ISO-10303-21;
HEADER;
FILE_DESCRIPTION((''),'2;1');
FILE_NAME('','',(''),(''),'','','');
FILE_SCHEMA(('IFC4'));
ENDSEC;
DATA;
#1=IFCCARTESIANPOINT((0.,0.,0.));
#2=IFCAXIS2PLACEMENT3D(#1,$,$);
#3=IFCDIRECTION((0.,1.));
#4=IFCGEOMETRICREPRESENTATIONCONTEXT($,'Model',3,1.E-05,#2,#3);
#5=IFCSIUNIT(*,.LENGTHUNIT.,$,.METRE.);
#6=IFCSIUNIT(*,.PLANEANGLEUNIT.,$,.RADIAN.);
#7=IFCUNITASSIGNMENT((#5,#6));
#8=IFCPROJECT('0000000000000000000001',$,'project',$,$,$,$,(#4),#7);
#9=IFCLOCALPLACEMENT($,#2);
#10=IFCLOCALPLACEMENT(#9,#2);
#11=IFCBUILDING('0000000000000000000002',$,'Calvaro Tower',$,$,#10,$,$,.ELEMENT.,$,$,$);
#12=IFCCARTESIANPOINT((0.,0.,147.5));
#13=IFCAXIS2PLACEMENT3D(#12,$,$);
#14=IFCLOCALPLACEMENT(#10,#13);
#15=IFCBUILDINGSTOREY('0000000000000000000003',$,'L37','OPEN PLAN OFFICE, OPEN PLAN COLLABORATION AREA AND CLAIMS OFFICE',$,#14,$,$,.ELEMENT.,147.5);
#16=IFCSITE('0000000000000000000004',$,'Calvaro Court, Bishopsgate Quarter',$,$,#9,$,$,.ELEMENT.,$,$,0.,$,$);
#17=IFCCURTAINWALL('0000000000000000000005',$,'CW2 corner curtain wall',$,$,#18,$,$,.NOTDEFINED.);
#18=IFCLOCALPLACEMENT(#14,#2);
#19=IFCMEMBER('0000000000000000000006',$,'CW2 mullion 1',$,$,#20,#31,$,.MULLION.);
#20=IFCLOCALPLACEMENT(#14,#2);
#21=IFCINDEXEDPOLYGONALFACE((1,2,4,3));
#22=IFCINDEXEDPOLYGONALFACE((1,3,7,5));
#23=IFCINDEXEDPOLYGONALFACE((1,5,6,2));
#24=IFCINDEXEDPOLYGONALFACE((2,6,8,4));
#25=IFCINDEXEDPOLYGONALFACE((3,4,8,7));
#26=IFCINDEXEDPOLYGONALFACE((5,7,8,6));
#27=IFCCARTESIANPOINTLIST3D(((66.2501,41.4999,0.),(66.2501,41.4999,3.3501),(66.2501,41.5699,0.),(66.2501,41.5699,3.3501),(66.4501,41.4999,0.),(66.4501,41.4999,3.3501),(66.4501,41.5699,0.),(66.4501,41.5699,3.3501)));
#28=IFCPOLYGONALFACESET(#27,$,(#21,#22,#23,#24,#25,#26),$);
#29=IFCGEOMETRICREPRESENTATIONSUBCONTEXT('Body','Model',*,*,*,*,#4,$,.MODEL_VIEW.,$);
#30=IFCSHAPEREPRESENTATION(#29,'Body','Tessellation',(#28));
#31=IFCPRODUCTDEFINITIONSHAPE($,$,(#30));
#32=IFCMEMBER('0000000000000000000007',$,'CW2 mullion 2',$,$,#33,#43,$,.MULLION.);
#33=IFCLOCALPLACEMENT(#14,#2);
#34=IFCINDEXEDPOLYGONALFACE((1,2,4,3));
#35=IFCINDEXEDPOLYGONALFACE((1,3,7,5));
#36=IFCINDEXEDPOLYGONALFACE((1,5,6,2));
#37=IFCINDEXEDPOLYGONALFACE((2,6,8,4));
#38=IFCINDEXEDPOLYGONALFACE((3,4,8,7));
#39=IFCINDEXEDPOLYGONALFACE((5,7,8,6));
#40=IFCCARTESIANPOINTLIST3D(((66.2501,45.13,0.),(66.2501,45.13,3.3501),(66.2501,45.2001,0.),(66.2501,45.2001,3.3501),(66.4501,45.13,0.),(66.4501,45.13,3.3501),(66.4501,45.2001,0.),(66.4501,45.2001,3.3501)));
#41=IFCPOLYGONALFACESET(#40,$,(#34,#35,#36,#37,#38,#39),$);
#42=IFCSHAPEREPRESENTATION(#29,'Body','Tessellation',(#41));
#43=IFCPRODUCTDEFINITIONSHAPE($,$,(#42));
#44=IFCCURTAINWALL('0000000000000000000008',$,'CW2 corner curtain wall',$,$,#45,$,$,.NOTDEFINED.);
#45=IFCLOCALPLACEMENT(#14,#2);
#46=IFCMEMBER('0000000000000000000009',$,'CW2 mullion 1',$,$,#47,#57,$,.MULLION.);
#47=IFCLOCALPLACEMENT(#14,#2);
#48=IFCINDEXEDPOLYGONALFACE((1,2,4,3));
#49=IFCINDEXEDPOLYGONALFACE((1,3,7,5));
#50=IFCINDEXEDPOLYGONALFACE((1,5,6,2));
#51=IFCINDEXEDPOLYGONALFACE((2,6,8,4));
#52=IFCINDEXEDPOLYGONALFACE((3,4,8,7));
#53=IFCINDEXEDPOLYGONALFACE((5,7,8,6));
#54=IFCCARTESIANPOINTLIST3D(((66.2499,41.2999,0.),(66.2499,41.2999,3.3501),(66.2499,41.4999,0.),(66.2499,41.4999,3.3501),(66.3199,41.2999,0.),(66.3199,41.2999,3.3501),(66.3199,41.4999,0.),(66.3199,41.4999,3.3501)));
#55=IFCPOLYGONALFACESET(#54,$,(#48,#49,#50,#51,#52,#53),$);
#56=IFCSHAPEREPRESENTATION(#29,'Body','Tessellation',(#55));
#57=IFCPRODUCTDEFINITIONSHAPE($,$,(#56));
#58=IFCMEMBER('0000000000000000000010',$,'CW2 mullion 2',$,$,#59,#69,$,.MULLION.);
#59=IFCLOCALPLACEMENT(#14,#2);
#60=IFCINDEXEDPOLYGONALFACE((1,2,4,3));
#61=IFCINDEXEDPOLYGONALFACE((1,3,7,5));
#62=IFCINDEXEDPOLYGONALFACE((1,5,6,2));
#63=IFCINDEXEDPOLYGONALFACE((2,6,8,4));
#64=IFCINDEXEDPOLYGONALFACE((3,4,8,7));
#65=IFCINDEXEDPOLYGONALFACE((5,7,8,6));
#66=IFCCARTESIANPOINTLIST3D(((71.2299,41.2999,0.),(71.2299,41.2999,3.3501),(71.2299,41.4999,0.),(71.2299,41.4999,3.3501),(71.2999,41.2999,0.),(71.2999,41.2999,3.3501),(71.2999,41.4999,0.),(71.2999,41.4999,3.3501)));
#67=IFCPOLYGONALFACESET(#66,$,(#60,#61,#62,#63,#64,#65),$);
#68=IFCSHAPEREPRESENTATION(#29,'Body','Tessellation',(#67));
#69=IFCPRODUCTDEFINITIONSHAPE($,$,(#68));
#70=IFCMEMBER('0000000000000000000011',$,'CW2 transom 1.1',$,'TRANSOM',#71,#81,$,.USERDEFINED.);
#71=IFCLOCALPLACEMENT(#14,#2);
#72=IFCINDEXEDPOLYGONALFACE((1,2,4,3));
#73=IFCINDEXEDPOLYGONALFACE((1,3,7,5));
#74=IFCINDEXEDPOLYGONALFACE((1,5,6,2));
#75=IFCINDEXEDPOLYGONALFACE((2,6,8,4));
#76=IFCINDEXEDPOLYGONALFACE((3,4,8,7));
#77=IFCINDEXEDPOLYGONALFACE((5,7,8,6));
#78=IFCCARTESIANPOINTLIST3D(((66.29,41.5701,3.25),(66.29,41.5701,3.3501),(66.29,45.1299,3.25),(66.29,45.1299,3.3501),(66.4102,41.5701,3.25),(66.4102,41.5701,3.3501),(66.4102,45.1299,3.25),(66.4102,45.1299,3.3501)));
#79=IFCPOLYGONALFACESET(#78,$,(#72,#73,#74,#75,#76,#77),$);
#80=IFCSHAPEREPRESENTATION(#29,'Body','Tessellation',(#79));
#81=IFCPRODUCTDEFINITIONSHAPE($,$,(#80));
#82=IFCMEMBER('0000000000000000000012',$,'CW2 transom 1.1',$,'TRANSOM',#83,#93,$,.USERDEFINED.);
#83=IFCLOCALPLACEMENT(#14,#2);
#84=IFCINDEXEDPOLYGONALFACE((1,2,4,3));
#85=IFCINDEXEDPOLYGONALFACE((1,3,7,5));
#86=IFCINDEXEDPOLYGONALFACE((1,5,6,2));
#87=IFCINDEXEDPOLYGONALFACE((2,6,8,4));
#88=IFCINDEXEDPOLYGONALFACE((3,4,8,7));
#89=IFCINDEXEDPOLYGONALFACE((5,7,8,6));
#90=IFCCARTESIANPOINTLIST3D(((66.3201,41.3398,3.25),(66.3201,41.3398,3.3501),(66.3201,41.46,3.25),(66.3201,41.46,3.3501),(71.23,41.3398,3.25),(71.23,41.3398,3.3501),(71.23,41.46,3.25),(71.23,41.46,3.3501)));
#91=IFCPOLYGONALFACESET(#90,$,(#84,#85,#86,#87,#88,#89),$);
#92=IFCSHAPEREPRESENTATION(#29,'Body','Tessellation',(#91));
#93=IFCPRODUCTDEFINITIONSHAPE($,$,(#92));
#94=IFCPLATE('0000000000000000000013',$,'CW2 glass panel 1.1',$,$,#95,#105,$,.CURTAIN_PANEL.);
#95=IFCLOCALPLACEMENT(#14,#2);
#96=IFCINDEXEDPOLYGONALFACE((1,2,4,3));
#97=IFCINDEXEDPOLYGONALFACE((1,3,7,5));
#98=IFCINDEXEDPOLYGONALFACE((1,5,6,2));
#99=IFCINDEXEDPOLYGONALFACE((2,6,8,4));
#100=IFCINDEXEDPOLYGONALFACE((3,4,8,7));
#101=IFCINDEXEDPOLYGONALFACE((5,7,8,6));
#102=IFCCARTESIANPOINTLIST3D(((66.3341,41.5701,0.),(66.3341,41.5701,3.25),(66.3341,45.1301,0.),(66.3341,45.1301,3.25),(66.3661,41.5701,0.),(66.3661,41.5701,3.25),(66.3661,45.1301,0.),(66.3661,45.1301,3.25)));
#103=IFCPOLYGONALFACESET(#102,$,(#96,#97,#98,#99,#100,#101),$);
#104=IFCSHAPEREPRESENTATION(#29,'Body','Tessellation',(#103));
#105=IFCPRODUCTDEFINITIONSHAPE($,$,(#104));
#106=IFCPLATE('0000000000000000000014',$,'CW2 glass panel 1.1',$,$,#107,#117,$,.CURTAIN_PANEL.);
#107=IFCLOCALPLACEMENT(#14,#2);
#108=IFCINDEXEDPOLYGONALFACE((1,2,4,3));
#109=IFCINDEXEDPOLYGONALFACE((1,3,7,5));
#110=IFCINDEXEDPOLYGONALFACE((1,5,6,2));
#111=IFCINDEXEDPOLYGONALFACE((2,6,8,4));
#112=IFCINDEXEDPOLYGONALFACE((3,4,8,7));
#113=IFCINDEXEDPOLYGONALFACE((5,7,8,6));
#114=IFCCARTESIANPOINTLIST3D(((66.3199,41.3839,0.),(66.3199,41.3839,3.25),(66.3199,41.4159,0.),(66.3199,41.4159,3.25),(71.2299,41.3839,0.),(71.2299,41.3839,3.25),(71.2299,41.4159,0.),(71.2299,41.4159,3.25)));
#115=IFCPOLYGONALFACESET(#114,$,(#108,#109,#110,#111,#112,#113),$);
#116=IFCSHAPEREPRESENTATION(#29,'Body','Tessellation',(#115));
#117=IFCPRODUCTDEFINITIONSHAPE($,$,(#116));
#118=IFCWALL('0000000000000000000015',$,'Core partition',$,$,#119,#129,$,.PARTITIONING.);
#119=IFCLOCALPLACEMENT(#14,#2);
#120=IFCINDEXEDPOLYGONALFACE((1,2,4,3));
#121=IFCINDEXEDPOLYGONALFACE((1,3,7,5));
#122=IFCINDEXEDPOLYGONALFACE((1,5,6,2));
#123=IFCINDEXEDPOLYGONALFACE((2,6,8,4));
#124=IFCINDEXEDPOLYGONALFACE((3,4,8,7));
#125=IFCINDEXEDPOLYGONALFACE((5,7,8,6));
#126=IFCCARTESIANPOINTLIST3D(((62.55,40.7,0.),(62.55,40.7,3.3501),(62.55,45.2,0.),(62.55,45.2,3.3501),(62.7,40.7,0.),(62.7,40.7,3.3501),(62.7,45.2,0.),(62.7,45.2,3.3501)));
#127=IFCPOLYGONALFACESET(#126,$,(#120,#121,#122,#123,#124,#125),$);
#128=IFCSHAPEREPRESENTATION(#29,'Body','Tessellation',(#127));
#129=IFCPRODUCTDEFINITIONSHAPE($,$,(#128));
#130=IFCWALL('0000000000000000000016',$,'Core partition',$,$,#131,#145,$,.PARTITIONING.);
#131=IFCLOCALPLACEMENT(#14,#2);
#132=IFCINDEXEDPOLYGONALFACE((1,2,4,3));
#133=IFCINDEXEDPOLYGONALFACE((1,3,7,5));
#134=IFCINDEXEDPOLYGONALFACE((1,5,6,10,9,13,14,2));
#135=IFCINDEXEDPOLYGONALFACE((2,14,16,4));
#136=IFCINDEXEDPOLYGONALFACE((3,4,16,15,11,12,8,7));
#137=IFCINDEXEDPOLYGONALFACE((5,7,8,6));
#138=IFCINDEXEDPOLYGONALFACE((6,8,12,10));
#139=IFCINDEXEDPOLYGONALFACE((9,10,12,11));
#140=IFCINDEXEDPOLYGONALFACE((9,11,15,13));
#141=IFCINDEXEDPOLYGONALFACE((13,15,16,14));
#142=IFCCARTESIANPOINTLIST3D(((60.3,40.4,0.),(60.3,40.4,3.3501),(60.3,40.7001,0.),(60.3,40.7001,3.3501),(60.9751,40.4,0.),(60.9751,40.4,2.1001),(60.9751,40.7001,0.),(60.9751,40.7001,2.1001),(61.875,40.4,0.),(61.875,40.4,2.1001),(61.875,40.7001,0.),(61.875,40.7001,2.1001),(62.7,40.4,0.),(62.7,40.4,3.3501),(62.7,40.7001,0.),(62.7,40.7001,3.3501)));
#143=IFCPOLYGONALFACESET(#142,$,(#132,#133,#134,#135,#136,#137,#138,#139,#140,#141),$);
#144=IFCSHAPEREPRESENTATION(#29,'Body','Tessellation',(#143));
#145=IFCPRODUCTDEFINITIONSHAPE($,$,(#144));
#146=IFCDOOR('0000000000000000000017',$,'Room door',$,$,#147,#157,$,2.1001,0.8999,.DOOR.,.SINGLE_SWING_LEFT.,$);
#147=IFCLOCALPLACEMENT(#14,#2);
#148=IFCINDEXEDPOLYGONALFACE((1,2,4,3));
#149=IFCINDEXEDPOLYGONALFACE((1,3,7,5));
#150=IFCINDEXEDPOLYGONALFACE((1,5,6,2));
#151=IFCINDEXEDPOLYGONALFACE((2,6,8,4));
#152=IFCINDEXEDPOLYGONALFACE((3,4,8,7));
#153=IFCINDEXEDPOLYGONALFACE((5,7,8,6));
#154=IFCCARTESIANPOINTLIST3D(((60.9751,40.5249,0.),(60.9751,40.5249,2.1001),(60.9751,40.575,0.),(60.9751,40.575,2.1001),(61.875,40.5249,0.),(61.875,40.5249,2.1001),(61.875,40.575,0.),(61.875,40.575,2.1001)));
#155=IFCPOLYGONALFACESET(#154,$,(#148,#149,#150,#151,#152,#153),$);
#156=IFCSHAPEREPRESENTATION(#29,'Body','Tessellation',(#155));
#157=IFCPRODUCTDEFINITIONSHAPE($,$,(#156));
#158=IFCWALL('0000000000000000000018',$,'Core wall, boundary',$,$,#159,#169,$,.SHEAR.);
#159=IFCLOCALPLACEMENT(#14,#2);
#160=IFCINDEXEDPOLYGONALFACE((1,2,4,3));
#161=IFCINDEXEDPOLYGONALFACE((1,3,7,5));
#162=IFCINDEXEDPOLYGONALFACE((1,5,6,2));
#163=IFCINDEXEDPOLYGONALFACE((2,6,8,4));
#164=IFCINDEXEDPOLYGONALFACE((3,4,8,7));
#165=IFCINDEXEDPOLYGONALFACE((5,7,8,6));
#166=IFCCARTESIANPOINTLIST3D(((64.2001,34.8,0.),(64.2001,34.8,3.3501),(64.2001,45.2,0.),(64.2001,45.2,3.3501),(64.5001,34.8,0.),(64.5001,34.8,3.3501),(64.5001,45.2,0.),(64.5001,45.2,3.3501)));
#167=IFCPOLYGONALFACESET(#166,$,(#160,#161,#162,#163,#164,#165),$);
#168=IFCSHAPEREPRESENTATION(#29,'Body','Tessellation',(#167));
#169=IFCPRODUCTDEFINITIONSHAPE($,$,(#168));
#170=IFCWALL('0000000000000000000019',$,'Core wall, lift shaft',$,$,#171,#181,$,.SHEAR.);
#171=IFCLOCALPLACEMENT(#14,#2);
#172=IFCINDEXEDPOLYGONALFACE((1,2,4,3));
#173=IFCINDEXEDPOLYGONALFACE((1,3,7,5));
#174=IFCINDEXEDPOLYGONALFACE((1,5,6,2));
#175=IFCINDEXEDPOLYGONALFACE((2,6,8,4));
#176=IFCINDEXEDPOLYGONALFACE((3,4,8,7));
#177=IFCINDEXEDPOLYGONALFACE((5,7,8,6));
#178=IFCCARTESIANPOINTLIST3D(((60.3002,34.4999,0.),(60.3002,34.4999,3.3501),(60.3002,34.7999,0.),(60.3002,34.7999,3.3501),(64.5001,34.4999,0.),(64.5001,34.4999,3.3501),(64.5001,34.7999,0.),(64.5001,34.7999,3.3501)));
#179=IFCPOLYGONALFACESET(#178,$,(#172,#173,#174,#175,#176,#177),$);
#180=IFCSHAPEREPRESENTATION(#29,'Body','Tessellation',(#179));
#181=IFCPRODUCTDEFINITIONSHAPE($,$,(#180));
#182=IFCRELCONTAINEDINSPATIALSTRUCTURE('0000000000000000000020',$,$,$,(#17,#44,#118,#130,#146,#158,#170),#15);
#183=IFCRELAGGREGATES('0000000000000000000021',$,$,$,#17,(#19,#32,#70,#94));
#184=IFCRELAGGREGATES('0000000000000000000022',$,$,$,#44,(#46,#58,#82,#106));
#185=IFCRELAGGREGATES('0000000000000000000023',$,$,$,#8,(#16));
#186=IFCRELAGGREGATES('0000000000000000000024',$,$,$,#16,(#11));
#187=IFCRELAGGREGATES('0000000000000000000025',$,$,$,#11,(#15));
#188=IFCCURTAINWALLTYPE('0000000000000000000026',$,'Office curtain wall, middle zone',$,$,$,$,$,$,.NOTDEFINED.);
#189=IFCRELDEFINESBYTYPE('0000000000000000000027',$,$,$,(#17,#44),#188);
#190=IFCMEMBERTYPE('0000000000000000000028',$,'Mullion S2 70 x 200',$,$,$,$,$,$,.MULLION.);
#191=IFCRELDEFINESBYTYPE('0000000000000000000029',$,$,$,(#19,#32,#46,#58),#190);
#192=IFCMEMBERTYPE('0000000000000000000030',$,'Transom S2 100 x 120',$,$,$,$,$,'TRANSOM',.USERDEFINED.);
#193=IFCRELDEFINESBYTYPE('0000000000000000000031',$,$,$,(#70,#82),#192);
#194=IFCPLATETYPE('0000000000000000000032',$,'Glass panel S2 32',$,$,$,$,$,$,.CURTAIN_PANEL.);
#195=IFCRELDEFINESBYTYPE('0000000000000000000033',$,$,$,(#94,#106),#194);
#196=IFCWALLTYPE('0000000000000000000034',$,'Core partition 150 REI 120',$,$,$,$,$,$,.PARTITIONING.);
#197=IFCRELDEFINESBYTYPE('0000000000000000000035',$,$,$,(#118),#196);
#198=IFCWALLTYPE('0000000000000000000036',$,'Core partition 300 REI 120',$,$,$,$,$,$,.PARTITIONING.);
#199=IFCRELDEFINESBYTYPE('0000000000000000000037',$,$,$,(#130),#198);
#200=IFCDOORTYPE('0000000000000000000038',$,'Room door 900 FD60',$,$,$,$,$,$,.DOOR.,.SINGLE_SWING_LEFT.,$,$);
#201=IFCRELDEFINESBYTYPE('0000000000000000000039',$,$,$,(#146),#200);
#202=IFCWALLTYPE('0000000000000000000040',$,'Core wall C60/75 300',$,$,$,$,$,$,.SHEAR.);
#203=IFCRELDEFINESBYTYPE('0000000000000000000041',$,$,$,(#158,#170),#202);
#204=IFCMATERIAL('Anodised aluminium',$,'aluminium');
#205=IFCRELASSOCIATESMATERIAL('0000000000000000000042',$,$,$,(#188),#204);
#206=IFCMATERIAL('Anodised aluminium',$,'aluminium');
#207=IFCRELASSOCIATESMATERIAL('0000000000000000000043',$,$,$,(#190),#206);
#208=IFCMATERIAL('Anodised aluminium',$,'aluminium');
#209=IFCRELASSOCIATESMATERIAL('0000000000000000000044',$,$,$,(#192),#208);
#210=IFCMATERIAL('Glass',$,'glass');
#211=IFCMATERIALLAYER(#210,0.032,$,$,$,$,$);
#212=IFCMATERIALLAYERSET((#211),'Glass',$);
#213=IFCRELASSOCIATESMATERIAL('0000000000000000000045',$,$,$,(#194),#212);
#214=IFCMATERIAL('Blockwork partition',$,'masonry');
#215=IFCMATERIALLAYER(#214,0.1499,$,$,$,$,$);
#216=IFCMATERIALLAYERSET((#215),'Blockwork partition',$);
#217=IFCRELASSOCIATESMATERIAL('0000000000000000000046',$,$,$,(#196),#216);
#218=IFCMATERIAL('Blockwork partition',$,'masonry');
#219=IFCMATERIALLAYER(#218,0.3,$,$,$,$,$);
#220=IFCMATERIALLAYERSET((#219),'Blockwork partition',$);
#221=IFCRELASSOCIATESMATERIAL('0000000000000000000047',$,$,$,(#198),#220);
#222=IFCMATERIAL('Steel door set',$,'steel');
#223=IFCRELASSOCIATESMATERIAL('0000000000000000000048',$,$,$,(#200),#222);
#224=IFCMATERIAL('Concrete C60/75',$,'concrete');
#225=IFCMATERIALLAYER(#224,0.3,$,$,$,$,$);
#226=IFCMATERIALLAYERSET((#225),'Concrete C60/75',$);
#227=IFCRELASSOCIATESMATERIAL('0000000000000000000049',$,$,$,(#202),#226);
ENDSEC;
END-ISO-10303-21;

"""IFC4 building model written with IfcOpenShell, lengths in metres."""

from ifc_helpers import new_model, si_unit, direction, frame, frame_2d, origin, origin_2d, place, context, subcontext, project, spatial, rectangle, extrude, material, layer, layer_set, material_profile, profile_set, type_object, element, fill, aggregate, save


model = new_model("IFC4")

# Units and contexts
model_context = context("Model", 3, precision=1e-05, world=origin(), true_north=direction((0.0, 1.0)))
body_context = subcontext(model_context, "Body", "Model", "MODEL_VIEW")
ifc_project = project(units=[si_unit("LENGTHUNIT", "METRE"), si_unit("PLANEANGLEUNIT", "RADIAN")], contexts=[model_context])

# Site, building, storey
site_placement = place(None, origin())
site = spatial("IfcSite", under=ifc_project, at=site_placement, Name="Calvaro Court, Bishopsgate Quarter", CompositionType="ELEMENT", RefElevation=0.0)
building_placement = place(site_placement, origin())
building = spatial("IfcBuilding", under=site, at=building_placement, Name="Calvaro Tower", CompositionType="ELEMENT")
storey_placement = place(building_placement, frame((0.0, 0.0, 147.5)))
storey = spatial("IfcBuildingStorey", under=building, at=storey_placement, Name="L37", Description="OPEN PLAN OFFICE, OPEN PLAN COLLABORATION AREA AND CLAIMS OFFICE", CompositionType="ELEMENT", Elevation=147.5)

# Curtain walls, members
ifc_material_1 = material(Name="Anodised aluminium", Category="aluminium")
curtain_wall_type = type_object("IfcCurtainWallType", Name="Office curtain wall, middle zone", PredefinedType="NOTDEFINED", material=ifc_material_1)
curtain_wall_1_placement = place(storey_placement, origin())
curtain_wall_1 = element("IfcCurtainWall", 1, at=curtain_wall_1_placement, inside=storey, type_object=curtain_wall_type, Name="CW2 corner curtain wall", PredefinedType="NOTDEFINED")
ifc_material_2 = material(Name="Anodised aluminium", Category="aluminium")
ifc_material_profile_1 = material_profile(ifc_material_2, rectangle(XDim=0.2, YDim=0.0701, at=origin_2d()), Name="Mullion S2 70 x 200")
ifc_profile_set_1 = profile_set([ifc_material_profile_1], Name="Anodised aluminium")
member_type_1 = type_object("IfcMemberType", Name="Mullion S2 70 x 200", PredefinedType="MULLION", material=ifc_profile_set_1)
member_1_placement = place(storey_placement, frame((66.3501, 41.5349, 0.0), z_axis=(0.0, 0.0, 1.0), x_axis=(-1.0, 0.0, 0.0)))
member_1 = element("IfcMember", 2, at=member_1_placement, type_object=member_type_1, Name="CW2 mullion 1", PredefinedType="MULLION", context=body_context, shape_type="SweptSolid", body=[
    extrude(rectangle(XDim=0.2, YDim=0.0701, at=origin_2d()), origin(), (0.0, 0.0, 1.0), 3.3501),
])
member_2_placement = place(storey_placement, frame((66.3501, 45.165, 0.0), z_axis=(0.0, 0.0, 1.0), x_axis=(-1.0, 0.0, 0.0)))
member_2 = element("IfcMember", 3, at=member_2_placement, type_object=member_type_1, Name="CW2 mullion 2", PredefinedType="MULLION", context=body_context, shape_type="SweptSolid", body=[
    extrude(rectangle(XDim=0.2, YDim=0.0701, at=origin_2d()), origin(), (0.0, 0.0, 1.0), 3.3501),
])
curtain_wall_2_placement = place(storey_placement, origin())
curtain_wall_2 = element("IfcCurtainWall", 4, at=curtain_wall_2_placement, inside=storey, type_object=curtain_wall_type, Name="CW2 corner curtain wall", PredefinedType="NOTDEFINED")
member_3_placement = place(storey_placement, frame((66.2849, 41.3999, 0.0), z_axis=(0.0, 0.0, 1.0), x_axis=(0.0, 1.0, 0.0)))
member_3 = element("IfcMember", 5, at=member_3_placement, type_object=member_type_1, Name="CW2 mullion 1", PredefinedType="MULLION", context=body_context, shape_type="SweptSolid", body=[
    extrude(rectangle(XDim=0.2, YDim=0.0701, at=origin_2d()), origin(), (0.0, 0.0, 1.0), 3.3501),
])
member_4_placement = place(storey_placement, frame((71.2649, 41.3999, 0.0), z_axis=(0.0, 0.0, 1.0), x_axis=(0.0, 1.0, 0.0)))
member_4 = element("IfcMember", 6, at=member_4_placement, type_object=member_type_1, Name="CW2 mullion 2", PredefinedType="MULLION", context=body_context, shape_type="SweptSolid", body=[
    extrude(rectangle(XDim=0.2, YDim=0.0701, at=origin_2d()), origin(), (0.0, 0.0, 1.0), 3.3501),
])

# Members
ifc_material_3 = material(Name="Anodised aluminium", Category="aluminium")
ifc_material_profile_2 = material_profile(ifc_material_3, rectangle(XDim=0.1201, YDim=0.1001, at=origin_2d()), Name="Transom S2 100 x 120")
ifc_profile_set_2 = profile_set([ifc_material_profile_2], Name="Anodised aluminium")
member_type_2 = type_object("IfcMemberType", Name="Transom S2 100 x 120", ElementType="TRANSOM", PredefinedType="USERDEFINED", material=ifc_profile_set_2)
member_5_placement = place(storey_placement, frame((66.3501, 41.5701, 3.3), z_axis=(0.0, 1.0, 0.0), x_axis=(-1.0, 0.0, 0.0)))
member_5 = element("IfcMember", 7, at=member_5_placement, type_object=member_type_2, Name="CW2 transom 1.1", ObjectType="TRANSOM", PredefinedType="USERDEFINED", context=body_context, shape_type="SweptSolid", body=[
    extrude(rectangle(XDim=0.1201, YDim=0.1001, at=origin_2d()), origin(), (0.0, 0.0, 1.0), 3.5598),
])
member_6_placement = place(storey_placement, frame((66.3201, 41.3999, 3.3), z_axis=(1.0, 0.0, 0.0), x_axis=(0.0, 1.0, 0.0)))
member_6 = element("IfcMember", 8, at=member_6_placement, type_object=member_type_2, Name="CW2 transom 1.1", ObjectType="TRANSOM", PredefinedType="USERDEFINED", context=body_context, shape_type="SweptSolid", body=[
    extrude(rectangle(XDim=0.1201, YDim=0.1001, at=origin_2d()), origin(), (0.0, 0.0, 1.0), 4.9099),
])

# Plates
ifc_material_4 = material(Name="Glass", Category="glass")
ifc_layer_1 = layer(ifc_material_4, 0.032)
ifc_layer_set_1 = layer_set([ifc_layer_1], Name="Glass")
plate_type = type_object("IfcPlateType", Name="Glass panel S2 32", PredefinedType="CURTAIN_PANEL", material=ifc_layer_set_1)
plate_1_placement = place(storey_placement, frame((66.3501, 43.3501, 0.0), z_axis=(0.0, 0.0, 1.0), x_axis=(0.0, 1.0, 0.0)))
plate_1 = element("IfcPlate", 9, at=plate_1_placement, type_object=plate_type, Name="CW2 glass panel 1.1", PredefinedType="CURTAIN_PANEL", context=body_context, shape_type="SweptSolid", body=[
    extrude(rectangle(XDim=3.5601, YDim=0.032, at=origin_2d()), origin(), (0.0, 0.0, 1.0), 3.25),
])
aggregate(curtain_wall_1, [member_1, member_2, member_5, plate_1])
plate_2_placement = place(storey_placement, frame((68.7749, 41.3999, 0.0), z_axis=(0.0, 0.0, 1.0), x_axis=(1.0, 0.0, 0.0)))
plate_2 = element("IfcPlate", 10, at=plate_2_placement, type_object=plate_type, Name="CW2 glass panel 1.1", PredefinedType="CURTAIN_PANEL", context=body_context, shape_type="SweptSolid", body=[
    extrude(rectangle(XDim=4.9099, YDim=0.032, at=origin_2d()), origin(), (0.0, 0.0, 1.0), 3.25),
])
aggregate(curtain_wall_2, [member_3, member_4, member_6, plate_2])

# Wall
ifc_material_5 = material(Name="Blockwork partition", Category="masonry")
ifc_layer_2 = layer(ifc_material_5, 0.1499)
ifc_layer_set_2 = layer_set([ifc_layer_2], Name="Blockwork partition")
wall_type_1 = type_object("IfcWallType", Name="Core partition 150 REI 120", PredefinedType="PARTITIONING", material=ifc_layer_set_2)
wall_1_placement = place(storey_placement, frame((62.625, 40.7, 0.0), z_axis=(0.0, 0.0, 1.0), x_axis=(0.0, 1.0, 0.0)))
element("IfcWall", 11, at=wall_1_placement, inside=storey, type_object=wall_type_1, Name="Core partition", PredefinedType="PARTITIONING", context=body_context, shape_type="SweptSolid", body=[
    extrude(rectangle(XDim=4.5, YDim=0.1499, at=frame_2d((2.25, 0.0))), origin(), (0.0, 0.0, 1.0), 3.3501),
])

# Wall, opening, door
ifc_material_6 = material(Name="Blockwork partition", Category="masonry")
ifc_layer_3 = layer(ifc_material_6, 0.3)
ifc_layer_set_3 = layer_set([ifc_layer_3], Name="Blockwork partition")
wall_type_2 = type_object("IfcWallType", Name="Core partition 300 REI 120", PredefinedType="PARTITIONING", material=ifc_layer_set_3)
wall_2_placement = place(storey_placement, frame((60.3, 40.55, 0.0), z_axis=(0.0, 0.0, 1.0), x_axis=(1.0, 0.0, 0.0)))
wall_2 = element("IfcWall", 12, at=wall_2_placement, inside=storey, type_object=wall_type_2, Name="Core partition", PredefinedType="PARTITIONING", context=body_context, shape_type="SweptSolid", body=[
    extrude(rectangle(XDim=2.3999, YDim=0.3, at=frame_2d((1.2, 0.0))), origin(), (0.0, 0.0, 1.0), 3.3501),
])
opening_1_placement = place(wall_2_placement, frame((0.675, 0.0, 0.0)))
opening_1 = element("IfcOpeningElement", 13, at=opening_1_placement, cuts=wall_2, PredefinedType="OPENING", context=body_context, shape_type="SweptSolid", body=[
    extrude(rectangle(XDim=0.8999, YDim=2.1001, at=frame_2d((0.45, 1.05))), frame((0.0, 0.1599, 0.0), z_axis=(0.0, -1.0, 0.0), x_axis=(1.0, 0.0, 0.0)), (0.0, 0.0, 1.0), 0.3201),
])
ifc_material_7 = material(Name="Steel door set", Category="steel")
door_type_1 = type_object("IfcDoorType", Name="Room door 900 FD60", OperationType="SINGLE_SWING_LEFT", PredefinedType="DOOR", material=ifc_material_7)
door_1_placement = place(opening_1_placement, origin())
door_1 = element("IfcDoor", 14, at=door_1_placement, inside=storey, type_object=door_type_1, Name="Room door", OperationType="SINGLE_SWING_LEFT", OverallHeight=2.1001, OverallWidth=0.8999, PredefinedType="DOOR", context=body_context, shape_type="SweptSolid", body=[
    extrude(rectangle(XDim=0.8999, YDim=2.1001, at=frame_2d((0.45, 1.05))), frame((0.0, 0.0249, 0.0), z_axis=(0.0, -1.0, 0.0), x_axis=(1.0, 0.0, 0.0)), (0.0, 0.0, 1.0), 0.05),
])
fill(opening_1, door_1)

# Walls
ifc_material_8 = material(Name="Concrete C60/75", Category="concrete")
ifc_layer_4 = layer(ifc_material_8, 0.3)
ifc_layer_set_4 = layer_set([ifc_layer_4], Name="Concrete C60/75")
wall_type_3 = type_object("IfcWallType", Name="Core wall C60/75 300", PredefinedType="SHEAR", material=ifc_layer_set_4)
wall_3_placement = place(storey_placement, frame((64.3501, 34.8, 0.0), z_axis=(0.0, 0.0, 1.0), x_axis=(0.0, 1.0, 0.0)))
element("IfcWall", 15, at=wall_3_placement, inside=storey, type_object=wall_type_3, Name="Core wall, boundary", PredefinedType="SHEAR", context=body_context, shape_type="SweptSolid", body=[
    extrude(rectangle(XDim=10.3999, YDim=0.3, at=frame_2d((5.2, 0.0))), origin(), (0.0, 0.0, 1.0), 3.3501),
])
wall_4_placement = place(storey_placement, frame((60.3, 34.6499, 0.0), z_axis=(0.0, 0.0, 1.0), x_axis=(1.0, 0.0, 0.0)))
element("IfcWall", 16, at=wall_4_placement, inside=storey, type_object=wall_type_3, Name="Core wall, lift shaft", PredefinedType="SHEAR", context=body_context, shape_type="SweptSolid", body=[
    extrude(rectangle(XDim=4.2, YDim=0.3, at=frame_2d((2.1001, 0.0))), origin(), (0.0, 0.0, 1.0), 3.3501),
])

save(model, "model.ifc")
